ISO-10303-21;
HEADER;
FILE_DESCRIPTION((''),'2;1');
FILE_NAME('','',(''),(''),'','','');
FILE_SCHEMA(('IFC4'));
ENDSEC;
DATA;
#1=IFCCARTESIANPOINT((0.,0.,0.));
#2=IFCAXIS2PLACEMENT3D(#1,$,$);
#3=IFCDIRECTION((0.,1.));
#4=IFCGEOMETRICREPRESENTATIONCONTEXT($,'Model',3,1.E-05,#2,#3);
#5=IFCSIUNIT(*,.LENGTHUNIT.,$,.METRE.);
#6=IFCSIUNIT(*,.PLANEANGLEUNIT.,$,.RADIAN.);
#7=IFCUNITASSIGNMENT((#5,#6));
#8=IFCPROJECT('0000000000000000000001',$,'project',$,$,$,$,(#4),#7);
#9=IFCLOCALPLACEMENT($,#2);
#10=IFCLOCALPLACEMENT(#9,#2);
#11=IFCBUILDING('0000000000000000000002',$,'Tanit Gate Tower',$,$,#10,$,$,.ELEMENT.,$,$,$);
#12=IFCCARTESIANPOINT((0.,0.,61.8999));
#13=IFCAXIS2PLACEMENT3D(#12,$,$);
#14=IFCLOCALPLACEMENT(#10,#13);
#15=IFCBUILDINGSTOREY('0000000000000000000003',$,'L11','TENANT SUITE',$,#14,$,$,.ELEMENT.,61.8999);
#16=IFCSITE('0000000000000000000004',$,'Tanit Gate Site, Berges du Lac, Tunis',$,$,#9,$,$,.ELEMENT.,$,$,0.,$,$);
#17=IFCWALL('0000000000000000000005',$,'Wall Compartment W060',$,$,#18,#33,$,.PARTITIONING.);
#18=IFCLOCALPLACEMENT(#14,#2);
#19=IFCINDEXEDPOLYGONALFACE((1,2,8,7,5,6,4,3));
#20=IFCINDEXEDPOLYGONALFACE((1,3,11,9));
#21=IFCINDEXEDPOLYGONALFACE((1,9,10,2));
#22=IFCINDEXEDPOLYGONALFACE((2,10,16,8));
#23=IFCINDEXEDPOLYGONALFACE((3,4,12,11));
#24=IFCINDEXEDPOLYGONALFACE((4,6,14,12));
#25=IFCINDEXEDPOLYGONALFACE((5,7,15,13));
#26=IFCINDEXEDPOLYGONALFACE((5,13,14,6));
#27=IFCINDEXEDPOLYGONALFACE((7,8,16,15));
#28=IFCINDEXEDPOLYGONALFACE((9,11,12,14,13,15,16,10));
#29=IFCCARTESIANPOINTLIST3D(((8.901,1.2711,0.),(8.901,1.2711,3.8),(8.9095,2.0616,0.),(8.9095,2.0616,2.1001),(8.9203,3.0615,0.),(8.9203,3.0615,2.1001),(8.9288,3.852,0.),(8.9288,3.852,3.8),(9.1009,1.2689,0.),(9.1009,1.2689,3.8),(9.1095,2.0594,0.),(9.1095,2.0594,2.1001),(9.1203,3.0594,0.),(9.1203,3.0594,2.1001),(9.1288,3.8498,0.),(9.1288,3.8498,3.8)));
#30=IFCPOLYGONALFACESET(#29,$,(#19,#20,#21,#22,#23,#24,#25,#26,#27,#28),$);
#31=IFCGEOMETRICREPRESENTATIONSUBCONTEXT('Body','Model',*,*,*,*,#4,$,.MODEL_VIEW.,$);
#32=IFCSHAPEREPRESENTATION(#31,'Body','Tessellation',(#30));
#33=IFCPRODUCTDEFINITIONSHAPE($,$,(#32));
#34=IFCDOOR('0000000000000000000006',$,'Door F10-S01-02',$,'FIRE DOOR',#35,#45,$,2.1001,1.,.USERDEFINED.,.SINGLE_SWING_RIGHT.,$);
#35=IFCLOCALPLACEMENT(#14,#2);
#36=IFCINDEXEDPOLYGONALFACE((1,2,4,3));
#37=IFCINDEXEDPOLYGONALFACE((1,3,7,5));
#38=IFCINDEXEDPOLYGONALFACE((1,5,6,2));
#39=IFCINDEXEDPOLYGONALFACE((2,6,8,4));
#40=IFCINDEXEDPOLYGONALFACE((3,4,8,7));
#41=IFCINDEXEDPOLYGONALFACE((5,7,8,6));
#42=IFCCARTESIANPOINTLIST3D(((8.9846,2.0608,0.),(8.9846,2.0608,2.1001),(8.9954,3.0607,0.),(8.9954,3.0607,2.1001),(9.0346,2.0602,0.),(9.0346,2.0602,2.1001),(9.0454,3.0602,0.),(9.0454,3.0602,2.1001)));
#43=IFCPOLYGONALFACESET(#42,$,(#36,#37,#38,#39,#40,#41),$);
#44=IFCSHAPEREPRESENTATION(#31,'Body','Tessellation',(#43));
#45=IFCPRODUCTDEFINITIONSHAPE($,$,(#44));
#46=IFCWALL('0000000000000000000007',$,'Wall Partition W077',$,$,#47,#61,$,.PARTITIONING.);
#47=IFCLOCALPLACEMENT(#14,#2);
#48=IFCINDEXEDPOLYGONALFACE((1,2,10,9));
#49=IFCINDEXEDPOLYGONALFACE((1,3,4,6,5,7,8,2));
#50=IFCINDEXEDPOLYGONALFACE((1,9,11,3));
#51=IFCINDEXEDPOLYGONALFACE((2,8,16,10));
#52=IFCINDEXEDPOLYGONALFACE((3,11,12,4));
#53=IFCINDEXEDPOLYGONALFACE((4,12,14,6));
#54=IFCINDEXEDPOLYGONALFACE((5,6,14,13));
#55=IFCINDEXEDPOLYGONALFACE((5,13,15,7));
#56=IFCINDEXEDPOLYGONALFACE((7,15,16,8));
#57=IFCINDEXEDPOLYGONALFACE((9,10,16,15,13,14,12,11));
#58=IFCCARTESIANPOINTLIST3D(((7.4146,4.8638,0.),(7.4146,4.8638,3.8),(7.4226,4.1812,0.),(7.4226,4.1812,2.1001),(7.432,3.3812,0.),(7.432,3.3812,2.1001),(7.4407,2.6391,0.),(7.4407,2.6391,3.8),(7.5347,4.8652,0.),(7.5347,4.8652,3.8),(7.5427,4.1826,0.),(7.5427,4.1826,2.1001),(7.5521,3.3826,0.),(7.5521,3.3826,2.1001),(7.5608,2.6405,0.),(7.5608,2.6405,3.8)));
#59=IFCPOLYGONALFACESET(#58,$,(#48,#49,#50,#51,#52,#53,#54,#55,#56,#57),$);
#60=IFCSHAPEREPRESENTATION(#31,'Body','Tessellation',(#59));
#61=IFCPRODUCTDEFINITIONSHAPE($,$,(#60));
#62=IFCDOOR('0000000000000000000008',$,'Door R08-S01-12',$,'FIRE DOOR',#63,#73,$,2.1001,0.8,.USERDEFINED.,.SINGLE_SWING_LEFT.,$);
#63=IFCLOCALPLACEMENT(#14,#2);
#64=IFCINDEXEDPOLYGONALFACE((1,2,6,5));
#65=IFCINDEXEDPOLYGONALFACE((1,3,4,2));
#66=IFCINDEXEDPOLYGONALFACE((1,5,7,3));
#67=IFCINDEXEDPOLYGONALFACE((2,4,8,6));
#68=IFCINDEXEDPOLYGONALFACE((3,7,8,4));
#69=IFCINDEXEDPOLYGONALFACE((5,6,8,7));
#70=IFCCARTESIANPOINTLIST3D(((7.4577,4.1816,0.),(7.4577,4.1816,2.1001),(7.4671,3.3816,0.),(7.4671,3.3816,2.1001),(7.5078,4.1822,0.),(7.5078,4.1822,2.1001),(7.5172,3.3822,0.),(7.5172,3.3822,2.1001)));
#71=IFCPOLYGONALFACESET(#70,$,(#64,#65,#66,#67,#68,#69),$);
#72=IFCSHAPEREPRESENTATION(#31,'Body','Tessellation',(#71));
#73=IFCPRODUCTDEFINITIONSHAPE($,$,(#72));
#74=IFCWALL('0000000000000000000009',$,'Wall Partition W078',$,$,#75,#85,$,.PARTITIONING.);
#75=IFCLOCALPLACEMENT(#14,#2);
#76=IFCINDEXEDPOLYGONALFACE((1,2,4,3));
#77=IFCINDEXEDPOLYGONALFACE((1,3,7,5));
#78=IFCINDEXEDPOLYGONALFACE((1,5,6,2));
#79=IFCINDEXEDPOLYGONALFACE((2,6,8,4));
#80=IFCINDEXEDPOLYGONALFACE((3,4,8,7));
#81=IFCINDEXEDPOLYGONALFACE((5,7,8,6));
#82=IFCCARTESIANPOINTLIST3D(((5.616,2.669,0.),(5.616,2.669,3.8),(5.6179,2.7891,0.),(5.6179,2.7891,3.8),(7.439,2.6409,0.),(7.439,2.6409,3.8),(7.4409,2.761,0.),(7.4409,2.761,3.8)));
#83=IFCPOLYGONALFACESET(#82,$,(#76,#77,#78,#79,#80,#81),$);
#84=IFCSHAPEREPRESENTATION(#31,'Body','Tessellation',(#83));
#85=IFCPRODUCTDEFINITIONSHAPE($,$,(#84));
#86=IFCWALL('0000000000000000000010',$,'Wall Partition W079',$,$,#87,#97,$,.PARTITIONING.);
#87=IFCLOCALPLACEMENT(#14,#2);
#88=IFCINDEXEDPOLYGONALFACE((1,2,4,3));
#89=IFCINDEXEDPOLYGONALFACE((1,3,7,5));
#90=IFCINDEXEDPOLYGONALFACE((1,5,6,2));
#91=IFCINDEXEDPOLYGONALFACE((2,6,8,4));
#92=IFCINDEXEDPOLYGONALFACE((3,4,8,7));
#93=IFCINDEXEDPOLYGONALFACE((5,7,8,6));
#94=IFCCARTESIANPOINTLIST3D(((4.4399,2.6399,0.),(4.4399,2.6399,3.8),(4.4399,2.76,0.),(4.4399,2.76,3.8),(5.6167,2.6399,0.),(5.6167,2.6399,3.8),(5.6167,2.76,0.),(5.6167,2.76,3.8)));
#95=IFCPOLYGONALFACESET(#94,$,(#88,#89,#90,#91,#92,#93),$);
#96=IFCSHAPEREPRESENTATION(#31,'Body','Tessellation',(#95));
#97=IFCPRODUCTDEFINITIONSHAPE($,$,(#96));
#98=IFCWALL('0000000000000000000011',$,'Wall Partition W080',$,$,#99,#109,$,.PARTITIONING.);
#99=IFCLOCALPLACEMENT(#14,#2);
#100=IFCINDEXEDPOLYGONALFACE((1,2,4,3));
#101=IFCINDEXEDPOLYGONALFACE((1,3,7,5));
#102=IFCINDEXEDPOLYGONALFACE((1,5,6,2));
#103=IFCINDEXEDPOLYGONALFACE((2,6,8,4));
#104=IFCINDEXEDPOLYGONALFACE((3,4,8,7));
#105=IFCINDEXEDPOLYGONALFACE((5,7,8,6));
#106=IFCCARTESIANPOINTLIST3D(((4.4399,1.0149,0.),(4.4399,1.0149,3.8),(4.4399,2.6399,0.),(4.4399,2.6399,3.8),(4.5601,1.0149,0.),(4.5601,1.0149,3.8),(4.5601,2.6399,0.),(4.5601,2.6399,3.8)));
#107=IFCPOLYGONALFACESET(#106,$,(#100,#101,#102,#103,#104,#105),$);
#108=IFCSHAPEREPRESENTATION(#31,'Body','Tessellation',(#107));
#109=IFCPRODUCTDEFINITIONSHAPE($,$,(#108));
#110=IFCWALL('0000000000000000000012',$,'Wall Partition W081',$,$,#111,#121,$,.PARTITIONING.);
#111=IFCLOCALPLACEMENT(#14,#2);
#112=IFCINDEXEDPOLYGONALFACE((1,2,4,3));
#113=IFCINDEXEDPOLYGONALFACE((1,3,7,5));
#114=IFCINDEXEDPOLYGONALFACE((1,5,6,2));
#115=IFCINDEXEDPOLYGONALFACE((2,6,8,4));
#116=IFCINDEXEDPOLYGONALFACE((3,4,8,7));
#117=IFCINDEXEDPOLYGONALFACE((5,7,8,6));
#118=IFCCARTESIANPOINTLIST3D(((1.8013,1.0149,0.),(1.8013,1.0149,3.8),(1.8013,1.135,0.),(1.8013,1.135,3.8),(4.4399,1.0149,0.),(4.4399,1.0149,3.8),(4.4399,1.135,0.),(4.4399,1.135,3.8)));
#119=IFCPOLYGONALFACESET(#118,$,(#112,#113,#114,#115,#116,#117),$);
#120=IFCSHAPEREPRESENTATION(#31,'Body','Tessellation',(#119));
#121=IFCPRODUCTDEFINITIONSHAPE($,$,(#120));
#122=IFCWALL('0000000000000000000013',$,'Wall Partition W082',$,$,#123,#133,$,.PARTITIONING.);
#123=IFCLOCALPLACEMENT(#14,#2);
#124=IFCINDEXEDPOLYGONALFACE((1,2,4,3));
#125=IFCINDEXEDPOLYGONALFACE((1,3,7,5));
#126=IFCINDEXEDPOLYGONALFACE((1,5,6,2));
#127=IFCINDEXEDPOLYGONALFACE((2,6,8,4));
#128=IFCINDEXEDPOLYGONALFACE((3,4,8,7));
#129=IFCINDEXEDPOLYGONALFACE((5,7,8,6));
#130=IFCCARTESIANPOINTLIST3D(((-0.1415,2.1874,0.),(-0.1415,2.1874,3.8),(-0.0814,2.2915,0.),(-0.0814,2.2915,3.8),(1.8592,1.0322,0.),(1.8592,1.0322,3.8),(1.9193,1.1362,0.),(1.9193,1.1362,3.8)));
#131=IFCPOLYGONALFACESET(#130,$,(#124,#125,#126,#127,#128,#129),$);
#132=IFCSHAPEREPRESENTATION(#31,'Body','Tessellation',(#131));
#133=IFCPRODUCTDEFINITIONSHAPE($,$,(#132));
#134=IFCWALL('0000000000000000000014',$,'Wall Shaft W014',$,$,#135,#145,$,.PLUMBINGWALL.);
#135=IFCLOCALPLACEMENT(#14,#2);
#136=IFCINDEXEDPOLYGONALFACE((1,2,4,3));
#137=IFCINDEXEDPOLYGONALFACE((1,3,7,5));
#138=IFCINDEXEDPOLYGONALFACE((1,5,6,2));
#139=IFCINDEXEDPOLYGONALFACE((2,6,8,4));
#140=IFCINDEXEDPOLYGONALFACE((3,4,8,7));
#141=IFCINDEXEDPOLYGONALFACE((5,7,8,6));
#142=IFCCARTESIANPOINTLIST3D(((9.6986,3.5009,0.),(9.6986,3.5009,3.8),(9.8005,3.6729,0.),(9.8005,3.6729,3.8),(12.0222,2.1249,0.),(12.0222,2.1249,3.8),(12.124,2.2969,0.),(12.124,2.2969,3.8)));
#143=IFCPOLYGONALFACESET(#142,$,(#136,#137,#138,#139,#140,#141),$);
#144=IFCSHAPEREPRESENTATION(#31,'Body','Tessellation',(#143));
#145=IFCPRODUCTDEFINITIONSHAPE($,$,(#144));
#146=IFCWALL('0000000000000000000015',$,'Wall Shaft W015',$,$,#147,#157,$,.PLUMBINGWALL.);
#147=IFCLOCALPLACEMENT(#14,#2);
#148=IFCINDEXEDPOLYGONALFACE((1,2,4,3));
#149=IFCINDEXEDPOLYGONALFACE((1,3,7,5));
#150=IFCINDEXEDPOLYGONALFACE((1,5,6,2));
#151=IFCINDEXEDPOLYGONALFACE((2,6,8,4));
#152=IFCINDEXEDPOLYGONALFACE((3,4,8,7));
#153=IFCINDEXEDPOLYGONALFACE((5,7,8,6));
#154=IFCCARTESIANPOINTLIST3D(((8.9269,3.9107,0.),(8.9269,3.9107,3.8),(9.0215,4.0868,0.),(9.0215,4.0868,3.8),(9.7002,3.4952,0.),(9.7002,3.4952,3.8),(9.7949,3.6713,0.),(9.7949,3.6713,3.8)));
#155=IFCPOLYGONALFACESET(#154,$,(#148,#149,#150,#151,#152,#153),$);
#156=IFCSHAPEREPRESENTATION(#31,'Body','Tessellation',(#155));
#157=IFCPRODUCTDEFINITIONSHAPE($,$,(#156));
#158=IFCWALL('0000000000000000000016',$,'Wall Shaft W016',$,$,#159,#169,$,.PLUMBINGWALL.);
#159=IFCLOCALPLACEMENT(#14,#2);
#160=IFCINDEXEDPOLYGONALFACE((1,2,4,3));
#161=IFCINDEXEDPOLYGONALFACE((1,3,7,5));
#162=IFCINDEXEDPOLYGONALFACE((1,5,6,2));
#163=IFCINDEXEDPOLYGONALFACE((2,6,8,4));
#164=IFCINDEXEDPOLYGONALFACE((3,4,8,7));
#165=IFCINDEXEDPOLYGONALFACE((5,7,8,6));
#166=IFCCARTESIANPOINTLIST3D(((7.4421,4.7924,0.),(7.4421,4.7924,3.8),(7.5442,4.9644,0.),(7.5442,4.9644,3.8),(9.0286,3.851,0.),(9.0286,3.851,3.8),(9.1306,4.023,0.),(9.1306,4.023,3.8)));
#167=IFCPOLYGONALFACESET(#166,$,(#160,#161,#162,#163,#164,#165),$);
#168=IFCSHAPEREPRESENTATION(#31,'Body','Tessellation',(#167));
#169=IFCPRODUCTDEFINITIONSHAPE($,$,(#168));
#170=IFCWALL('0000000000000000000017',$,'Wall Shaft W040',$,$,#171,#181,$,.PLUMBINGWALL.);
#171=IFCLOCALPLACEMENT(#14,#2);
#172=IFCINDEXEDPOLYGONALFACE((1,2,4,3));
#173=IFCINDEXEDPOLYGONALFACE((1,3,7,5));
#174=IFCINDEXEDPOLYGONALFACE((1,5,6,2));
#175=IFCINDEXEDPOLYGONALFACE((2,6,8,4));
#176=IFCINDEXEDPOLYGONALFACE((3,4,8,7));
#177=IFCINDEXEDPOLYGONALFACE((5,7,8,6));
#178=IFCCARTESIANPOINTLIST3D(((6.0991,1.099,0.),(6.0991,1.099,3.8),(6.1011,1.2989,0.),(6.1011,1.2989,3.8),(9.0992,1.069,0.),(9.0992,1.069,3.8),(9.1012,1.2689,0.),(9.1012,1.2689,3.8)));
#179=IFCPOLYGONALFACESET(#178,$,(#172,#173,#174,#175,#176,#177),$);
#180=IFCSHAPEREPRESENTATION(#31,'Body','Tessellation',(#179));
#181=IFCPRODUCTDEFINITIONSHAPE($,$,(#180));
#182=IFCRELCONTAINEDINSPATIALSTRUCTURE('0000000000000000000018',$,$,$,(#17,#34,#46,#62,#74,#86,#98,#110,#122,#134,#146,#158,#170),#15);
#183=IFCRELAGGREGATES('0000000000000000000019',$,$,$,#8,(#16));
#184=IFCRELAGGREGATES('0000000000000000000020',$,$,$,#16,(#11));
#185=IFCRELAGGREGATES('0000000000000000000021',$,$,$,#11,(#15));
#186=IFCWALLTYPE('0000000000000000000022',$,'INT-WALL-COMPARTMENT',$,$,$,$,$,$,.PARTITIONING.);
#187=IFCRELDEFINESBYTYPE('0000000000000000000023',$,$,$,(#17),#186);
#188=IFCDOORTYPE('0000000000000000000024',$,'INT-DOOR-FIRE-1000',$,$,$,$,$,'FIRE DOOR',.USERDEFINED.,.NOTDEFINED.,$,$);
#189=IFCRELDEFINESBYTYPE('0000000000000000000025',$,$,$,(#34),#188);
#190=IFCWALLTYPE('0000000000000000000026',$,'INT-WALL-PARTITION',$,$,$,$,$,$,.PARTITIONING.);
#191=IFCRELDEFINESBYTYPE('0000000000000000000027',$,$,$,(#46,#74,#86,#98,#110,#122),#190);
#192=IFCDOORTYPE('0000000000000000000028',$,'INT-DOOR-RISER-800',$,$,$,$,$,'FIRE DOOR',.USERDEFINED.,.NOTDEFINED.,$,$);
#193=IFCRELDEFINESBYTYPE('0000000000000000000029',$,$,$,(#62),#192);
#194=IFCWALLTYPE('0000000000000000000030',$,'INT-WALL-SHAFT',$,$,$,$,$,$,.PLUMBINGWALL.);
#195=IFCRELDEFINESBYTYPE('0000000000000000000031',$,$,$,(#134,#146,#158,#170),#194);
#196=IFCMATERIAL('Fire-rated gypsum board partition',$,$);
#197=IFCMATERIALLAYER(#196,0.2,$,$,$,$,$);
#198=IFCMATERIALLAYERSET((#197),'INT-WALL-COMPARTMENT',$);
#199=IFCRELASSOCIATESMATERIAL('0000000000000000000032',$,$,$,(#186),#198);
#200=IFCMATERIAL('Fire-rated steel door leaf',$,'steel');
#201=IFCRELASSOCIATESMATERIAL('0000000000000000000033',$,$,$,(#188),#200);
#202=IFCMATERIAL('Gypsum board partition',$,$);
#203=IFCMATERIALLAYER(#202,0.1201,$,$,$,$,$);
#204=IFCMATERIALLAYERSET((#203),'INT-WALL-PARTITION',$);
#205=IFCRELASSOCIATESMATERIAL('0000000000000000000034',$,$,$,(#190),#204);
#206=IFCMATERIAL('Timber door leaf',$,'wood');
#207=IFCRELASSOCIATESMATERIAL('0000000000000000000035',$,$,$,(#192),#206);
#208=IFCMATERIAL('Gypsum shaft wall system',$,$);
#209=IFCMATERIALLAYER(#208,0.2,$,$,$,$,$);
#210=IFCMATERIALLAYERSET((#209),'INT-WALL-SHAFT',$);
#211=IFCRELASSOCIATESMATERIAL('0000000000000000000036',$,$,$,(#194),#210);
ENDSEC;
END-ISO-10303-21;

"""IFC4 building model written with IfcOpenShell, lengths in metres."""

from ifc_helpers import new_model, si_unit, direction, frame, frame_2d, origin, place, context, subcontext, project, spatial, rectangle, extrude, material, layer, layer_set, type_object, element, fill, save


model = new_model("IFC4")

# Units and contexts
model_context = context("Model", 3, precision=1e-05, world=origin(), true_north=direction((0.0, 1.0)))
body_context = subcontext(model_context, "Body", "Model", "MODEL_VIEW")
ifc_project = project(units=[si_unit("LENGTHUNIT", "METRE"), si_unit("PLANEANGLEUNIT", "RADIAN")], contexts=[model_context])

# Site, building, storey
site_placement = place(None, origin())
site = spatial("IfcSite", under=ifc_project, at=site_placement, Name="Tanit Gate Site, Berges du Lac, Tunis", CompositionType="ELEMENT", RefElevation=0.0)
building_placement = place(site_placement, origin())
building = spatial("IfcBuilding", under=site, at=building_placement, Name="Tanit Gate Tower", CompositionType="ELEMENT")
storey_placement = place(building_placement, frame((0.0, 0.0, 61.8999)))
storey = spatial("IfcBuildingStorey", under=building, at=storey_placement, Name="L11", Description="TENANT SUITE", CompositionType="ELEMENT", Elevation=61.8999)

# Walls, openings, doors
ifc_material_1 = material(Name="Fire-rated gypsum board partition")
ifc_layer_1 = layer(ifc_material_1, 0.2)
ifc_layer_set_1 = layer_set([ifc_layer_1], Name="INT-WALL-COMPARTMENT")
wall_type_1 = type_object("IfcWallType", Name="INT-WALL-COMPARTMENT", PredefinedType="PARTITIONING", material=ifc_layer_set_1)
wall_1_placement = place(storey_placement, frame((9.001, 1.27, 0.0), z_axis=(0.0, 0.0, 1.0), x_axis=(0.010784, 0.999942, 0.0)))
wall_1 = element("IfcWall", 1, at=wall_1_placement, inside=storey, type_object=wall_type_1, Name="Wall Compartment W060", PredefinedType="PARTITIONING", context=body_context, shape_type="SweptSolid", body=[
    extrude(rectangle(XDim=2.5811, YDim=0.2, at=frame_2d((1.2905, 0.0))), origin(), (0.0, 0.0, 1.0), 3.8),
])
opening_1_placement = place(wall_1_placement, frame((0.7905, 0.0, 0.0)))
opening_1 = element("IfcOpeningElement", 2, at=opening_1_placement, cuts=wall_1, PredefinedType="OPENING", context=body_context, shape_type="SweptSolid", body=[
    extrude(rectangle(XDim=1.0, YDim=2.1001, at=frame_2d((0.5, 1.05))), frame((0.0, 0.1099, 0.0), z_axis=(0.0, -1.0, 0.0), x_axis=(1.0, 0.0, 0.0)), (0.0, 0.0, 1.0), 0.22),
])
ifc_material_2 = material(Name="Fire-rated steel door leaf", Category="steel")
door_type_1 = type_object("IfcDoorType", Name="INT-DOOR-FIRE-1000", ElementType="FIRE DOOR", OperationType="NOTDEFINED", PredefinedType="USERDEFINED", material=ifc_material_2)
door_1_placement = place(opening_1_placement, origin())
door_1 = element("IfcDoor", 3, at=door_1_placement, inside=storey, type_object=door_type_1, Name="Door F10-S01-02", ObjectType="FIRE DOOR", OperationType="SINGLE_SWING_RIGHT", OverallHeight=2.1001, OverallWidth=1.0, PredefinedType="USERDEFINED", context=body_context, shape_type="SweptSolid", body=[
    extrude(rectangle(XDim=1.0, YDim=2.1001, at=frame_2d((0.5, 1.05))), frame((0.0, 0.0249, 0.0), z_axis=(0.0, -1.0, 0.0), x_axis=(1.0, 0.0, 0.0)), (0.0, 0.0, 1.0), 0.05),
])
fill(opening_1, door_1)
ifc_material_3 = material(Name="Gypsum board partition")
ifc_layer_2 = layer(ifc_material_3, 0.1201)
ifc_layer_set_2 = layer_set([ifc_layer_2], Name="INT-WALL-PARTITION")
wall_type_2 = type_object("IfcWallType", Name="INT-WALL-PARTITION", PredefinedType="PARTITIONING", material=ifc_layer_set_2)
wall_2_placement = place(storey_placement, frame((7.5007, 2.6399, 0.0), z_axis=(0.0, 0.0, 1.0), x_axis=(-0.011742, 0.999931, 0.0)))
wall_2 = element("IfcWall", 4, at=wall_2_placement, inside=storey, type_object=wall_type_2, Name="Wall Partition W077", PredefinedType="PARTITIONING", context=body_context, shape_type="SweptSolid", body=[
    extrude(rectangle(XDim=2.2249, YDim=0.1201, at=frame_2d((1.1123, 0.0))), origin(), (0.0, 0.0, 1.0), 3.8),
])
opening_2_placement = place(wall_2_placement, frame((0.7422, 0.0, 0.0)))
opening_2 = element("IfcOpeningElement", 5, at=opening_2_placement, cuts=wall_2, PredefinedType="OPENING", context=body_context, shape_type="SweptSolid", body=[
    extrude(rectangle(XDim=0.8, YDim=2.1001, at=frame_2d((0.3999, 1.05))), frame((0.0, 0.0701, 0.0), z_axis=(0.0, -1.0, 0.0), x_axis=(1.0, 0.0, 0.0)), (0.0, 0.0, 1.0), 0.1401),
])
ifc_material_4 = material(Name="Timber door leaf", Category="wood")
door_type_2 = type_object("IfcDoorType", Name="INT-DOOR-RISER-800", ElementType="FIRE DOOR", OperationType="NOTDEFINED", PredefinedType="USERDEFINED", material=ifc_material_4)
door_2_placement = place(opening_2_placement, origin())
door_2 = element("IfcDoor", 6, at=door_2_placement, inside=storey, type_object=door_type_2, Name="Door R08-S01-12", ObjectType="FIRE DOOR", OperationType="SINGLE_SWING_LEFT", OverallHeight=2.1001, OverallWidth=0.8, PredefinedType="USERDEFINED", context=body_context, shape_type="SweptSolid", body=[
    extrude(rectangle(XDim=0.8, YDim=2.1001, at=frame_2d((0.3999, 1.05))), frame((0.0, 0.0249, 0.0), z_axis=(0.0, -1.0, 0.0), x_axis=(1.0, 0.0, 0.0)), (0.0, 0.0, 1.0), 0.05),
])
fill(opening_2, door_2)

# Walls
wall_3_placement = place(storey_placement, frame((5.6169, 2.729, 0.0), z_axis=(0.0, 0.0, 1.0), x_axis=(0.999881, -0.015399, 0.0)))
element("IfcWall", 7, at=wall_3_placement, inside=storey, type_object=wall_type_2, Name="Wall Partition W078", PredefinedType="PARTITIONING", context=body_context, shape_type="SweptSolid", body=[
    extrude(rectangle(XDim=1.8232, YDim=0.1201, at=frame_2d((0.9116, 0.0))), origin(), (0.0, 0.0, 1.0), 3.8),
])
wall_4_placement = place(storey_placement, frame((4.4399, 2.7, 0.0), z_axis=(0.0, 0.0, 1.0), x_axis=(1.0, 0.0, 0.0)))
element("IfcWall", 8, at=wall_4_placement, inside=storey, type_object=wall_type_2, Name="Wall Partition W079", PredefinedType="PARTITIONING", context=body_context, shape_type="SweptSolid", body=[
    extrude(rectangle(XDim=1.1768, YDim=0.1201, at=frame_2d((0.5884, 0.0))), origin(), (0.0, 0.0, 1.0), 3.8),
])
wall_5_placement = place(storey_placement, frame((4.5, 1.0149, 0.0), z_axis=(0.0, 0.0, 1.0), x_axis=(0.0, 1.0, 0.0)))
element("IfcWall", 9, at=wall_5_placement, inside=storey, type_object=wall_type_2, Name="Wall Partition W080", PredefinedType="PARTITIONING", context=body_context, shape_type="SweptSolid", body=[
    extrude(rectangle(XDim=1.625, YDim=0.1201, at=frame_2d((0.8125, 0.0))), origin(), (0.0, 0.0, 1.0), 3.8),
])
wall_6_placement = place(storey_placement, frame((1.8013, 1.075, 0.0), z_axis=(0.0, 0.0, 1.0), x_axis=(1.0, 0.0, 0.0)))
element("IfcWall", 10, at=wall_6_placement, inside=storey, type_object=wall_type_2, Name="Wall Partition W081", PredefinedType="PARTITIONING", context=body_context, shape_type="SweptSolid", body=[
    extrude(rectangle(XDim=2.6387, YDim=0.1201, at=frame_2d((1.3193, 0.0))), origin(), (0.0, 0.0, 1.0), 3.8),
])
wall_7_placement = place(storey_placement, frame((-0.1116, 2.2395, 0.0), z_axis=(0.0, 0.0, 1.0), x_axis=(0.865997, -0.500049, 0.0)))
element("IfcWall", 11, at=wall_7_placement, inside=storey, type_object=wall_type_2, Name="Wall Partition W082", PredefinedType="PARTITIONING", context=body_context, shape_type="SweptSolid", body=[
    extrude(rectangle(XDim=2.3103, YDim=0.1201, at=frame_2d((1.1553, 0.0))), origin(), (0.0, 0.0, 1.0), 3.8),
])
ifc_material_5 = material(Name="Gypsum shaft wall system")
ifc_layer_3 = layer(ifc_material_5, 0.2)
ifc_layer_set_3 = layer_set([ifc_layer_3], Name="INT-WALL-SHAFT")
wall_type_3 = type_object("IfcWallType", Name="INT-WALL-SHAFT", PredefinedType="PLUMBINGWALL", material=ifc_layer_set_3)
wall_8_placement = place(storey_placement, frame((12.073, 2.2109, 0.0), z_axis=(0.0, 0.0, 1.0), x_axis=(-0.860438, 0.509555, 0.0)))
element("IfcWall", 12, at=wall_8_placement, inside=storey, type_object=wall_type_3, Name="Wall Shaft W014", PredefinedType="PLUMBINGWALL", context=body_context, shape_type="SweptSolid", body=[
    extrude(rectangle(XDim=2.7004, YDim=0.2, at=frame_2d((1.3501, 0.0))), origin(), (0.0, 0.0, 1.0), 3.8),
])
wall_9_placement = place(storey_placement, frame((9.7476, 3.5833, 0.0), z_axis=(0.0, 0.0, 1.0), x_axis=(-0.880917, 0.473271, 0.0)))
element("IfcWall", 13, at=wall_9_placement, inside=storey, type_object=wall_type_3, Name="Wall Shaft W015", PredefinedType="PLUMBINGWALL", context=body_context, shape_type="SweptSolid", body=[
    extrude(rectangle(XDim=0.8779, YDim=0.2, at=frame_2d((0.439, 0.0))), origin(), (0.0, 0.0, 1.0), 3.8),
])
wall_10_placement = place(storey_placement, frame((9.0796, 3.937, 0.0), z_axis=(0.0, 0.0, 1.0), x_axis=(-0.859982, 0.510325, 0.0)))
element("IfcWall", 14, at=wall_10_placement, inside=storey, type_object=wall_type_3, Name="Wall Shaft W016", PredefinedType="PLUMBINGWALL", context=body_context, shape_type="SweptSolid", body=[
    extrude(rectangle(XDim=1.8447, YDim=0.2, at=frame_2d((0.9224, 0.0))), origin(), (0.0, 0.0, 1.0), 3.8),
])

# Wall
wall_11_placement = place(storey_placement, frame((9.1001, 1.1689, 0.0), z_axis=(0.0, 0.0, 1.0), x_axis=(-0.99995, 0.010009, 0.0)))
element("IfcWall", 15, at=wall_11_placement, inside=storey, type_object=wall_type_3, Name="Wall Shaft W040", PredefinedType="PLUMBINGWALL", context=body_context, shape_type="SweptSolid", body=[
    extrude(rectangle(XDim=3.0002, YDim=0.2, at=frame_2d((1.5, 0.0))), origin(), (0.0, 0.0, 1.0), 3.8),
])

save(model, "model.ifc")
